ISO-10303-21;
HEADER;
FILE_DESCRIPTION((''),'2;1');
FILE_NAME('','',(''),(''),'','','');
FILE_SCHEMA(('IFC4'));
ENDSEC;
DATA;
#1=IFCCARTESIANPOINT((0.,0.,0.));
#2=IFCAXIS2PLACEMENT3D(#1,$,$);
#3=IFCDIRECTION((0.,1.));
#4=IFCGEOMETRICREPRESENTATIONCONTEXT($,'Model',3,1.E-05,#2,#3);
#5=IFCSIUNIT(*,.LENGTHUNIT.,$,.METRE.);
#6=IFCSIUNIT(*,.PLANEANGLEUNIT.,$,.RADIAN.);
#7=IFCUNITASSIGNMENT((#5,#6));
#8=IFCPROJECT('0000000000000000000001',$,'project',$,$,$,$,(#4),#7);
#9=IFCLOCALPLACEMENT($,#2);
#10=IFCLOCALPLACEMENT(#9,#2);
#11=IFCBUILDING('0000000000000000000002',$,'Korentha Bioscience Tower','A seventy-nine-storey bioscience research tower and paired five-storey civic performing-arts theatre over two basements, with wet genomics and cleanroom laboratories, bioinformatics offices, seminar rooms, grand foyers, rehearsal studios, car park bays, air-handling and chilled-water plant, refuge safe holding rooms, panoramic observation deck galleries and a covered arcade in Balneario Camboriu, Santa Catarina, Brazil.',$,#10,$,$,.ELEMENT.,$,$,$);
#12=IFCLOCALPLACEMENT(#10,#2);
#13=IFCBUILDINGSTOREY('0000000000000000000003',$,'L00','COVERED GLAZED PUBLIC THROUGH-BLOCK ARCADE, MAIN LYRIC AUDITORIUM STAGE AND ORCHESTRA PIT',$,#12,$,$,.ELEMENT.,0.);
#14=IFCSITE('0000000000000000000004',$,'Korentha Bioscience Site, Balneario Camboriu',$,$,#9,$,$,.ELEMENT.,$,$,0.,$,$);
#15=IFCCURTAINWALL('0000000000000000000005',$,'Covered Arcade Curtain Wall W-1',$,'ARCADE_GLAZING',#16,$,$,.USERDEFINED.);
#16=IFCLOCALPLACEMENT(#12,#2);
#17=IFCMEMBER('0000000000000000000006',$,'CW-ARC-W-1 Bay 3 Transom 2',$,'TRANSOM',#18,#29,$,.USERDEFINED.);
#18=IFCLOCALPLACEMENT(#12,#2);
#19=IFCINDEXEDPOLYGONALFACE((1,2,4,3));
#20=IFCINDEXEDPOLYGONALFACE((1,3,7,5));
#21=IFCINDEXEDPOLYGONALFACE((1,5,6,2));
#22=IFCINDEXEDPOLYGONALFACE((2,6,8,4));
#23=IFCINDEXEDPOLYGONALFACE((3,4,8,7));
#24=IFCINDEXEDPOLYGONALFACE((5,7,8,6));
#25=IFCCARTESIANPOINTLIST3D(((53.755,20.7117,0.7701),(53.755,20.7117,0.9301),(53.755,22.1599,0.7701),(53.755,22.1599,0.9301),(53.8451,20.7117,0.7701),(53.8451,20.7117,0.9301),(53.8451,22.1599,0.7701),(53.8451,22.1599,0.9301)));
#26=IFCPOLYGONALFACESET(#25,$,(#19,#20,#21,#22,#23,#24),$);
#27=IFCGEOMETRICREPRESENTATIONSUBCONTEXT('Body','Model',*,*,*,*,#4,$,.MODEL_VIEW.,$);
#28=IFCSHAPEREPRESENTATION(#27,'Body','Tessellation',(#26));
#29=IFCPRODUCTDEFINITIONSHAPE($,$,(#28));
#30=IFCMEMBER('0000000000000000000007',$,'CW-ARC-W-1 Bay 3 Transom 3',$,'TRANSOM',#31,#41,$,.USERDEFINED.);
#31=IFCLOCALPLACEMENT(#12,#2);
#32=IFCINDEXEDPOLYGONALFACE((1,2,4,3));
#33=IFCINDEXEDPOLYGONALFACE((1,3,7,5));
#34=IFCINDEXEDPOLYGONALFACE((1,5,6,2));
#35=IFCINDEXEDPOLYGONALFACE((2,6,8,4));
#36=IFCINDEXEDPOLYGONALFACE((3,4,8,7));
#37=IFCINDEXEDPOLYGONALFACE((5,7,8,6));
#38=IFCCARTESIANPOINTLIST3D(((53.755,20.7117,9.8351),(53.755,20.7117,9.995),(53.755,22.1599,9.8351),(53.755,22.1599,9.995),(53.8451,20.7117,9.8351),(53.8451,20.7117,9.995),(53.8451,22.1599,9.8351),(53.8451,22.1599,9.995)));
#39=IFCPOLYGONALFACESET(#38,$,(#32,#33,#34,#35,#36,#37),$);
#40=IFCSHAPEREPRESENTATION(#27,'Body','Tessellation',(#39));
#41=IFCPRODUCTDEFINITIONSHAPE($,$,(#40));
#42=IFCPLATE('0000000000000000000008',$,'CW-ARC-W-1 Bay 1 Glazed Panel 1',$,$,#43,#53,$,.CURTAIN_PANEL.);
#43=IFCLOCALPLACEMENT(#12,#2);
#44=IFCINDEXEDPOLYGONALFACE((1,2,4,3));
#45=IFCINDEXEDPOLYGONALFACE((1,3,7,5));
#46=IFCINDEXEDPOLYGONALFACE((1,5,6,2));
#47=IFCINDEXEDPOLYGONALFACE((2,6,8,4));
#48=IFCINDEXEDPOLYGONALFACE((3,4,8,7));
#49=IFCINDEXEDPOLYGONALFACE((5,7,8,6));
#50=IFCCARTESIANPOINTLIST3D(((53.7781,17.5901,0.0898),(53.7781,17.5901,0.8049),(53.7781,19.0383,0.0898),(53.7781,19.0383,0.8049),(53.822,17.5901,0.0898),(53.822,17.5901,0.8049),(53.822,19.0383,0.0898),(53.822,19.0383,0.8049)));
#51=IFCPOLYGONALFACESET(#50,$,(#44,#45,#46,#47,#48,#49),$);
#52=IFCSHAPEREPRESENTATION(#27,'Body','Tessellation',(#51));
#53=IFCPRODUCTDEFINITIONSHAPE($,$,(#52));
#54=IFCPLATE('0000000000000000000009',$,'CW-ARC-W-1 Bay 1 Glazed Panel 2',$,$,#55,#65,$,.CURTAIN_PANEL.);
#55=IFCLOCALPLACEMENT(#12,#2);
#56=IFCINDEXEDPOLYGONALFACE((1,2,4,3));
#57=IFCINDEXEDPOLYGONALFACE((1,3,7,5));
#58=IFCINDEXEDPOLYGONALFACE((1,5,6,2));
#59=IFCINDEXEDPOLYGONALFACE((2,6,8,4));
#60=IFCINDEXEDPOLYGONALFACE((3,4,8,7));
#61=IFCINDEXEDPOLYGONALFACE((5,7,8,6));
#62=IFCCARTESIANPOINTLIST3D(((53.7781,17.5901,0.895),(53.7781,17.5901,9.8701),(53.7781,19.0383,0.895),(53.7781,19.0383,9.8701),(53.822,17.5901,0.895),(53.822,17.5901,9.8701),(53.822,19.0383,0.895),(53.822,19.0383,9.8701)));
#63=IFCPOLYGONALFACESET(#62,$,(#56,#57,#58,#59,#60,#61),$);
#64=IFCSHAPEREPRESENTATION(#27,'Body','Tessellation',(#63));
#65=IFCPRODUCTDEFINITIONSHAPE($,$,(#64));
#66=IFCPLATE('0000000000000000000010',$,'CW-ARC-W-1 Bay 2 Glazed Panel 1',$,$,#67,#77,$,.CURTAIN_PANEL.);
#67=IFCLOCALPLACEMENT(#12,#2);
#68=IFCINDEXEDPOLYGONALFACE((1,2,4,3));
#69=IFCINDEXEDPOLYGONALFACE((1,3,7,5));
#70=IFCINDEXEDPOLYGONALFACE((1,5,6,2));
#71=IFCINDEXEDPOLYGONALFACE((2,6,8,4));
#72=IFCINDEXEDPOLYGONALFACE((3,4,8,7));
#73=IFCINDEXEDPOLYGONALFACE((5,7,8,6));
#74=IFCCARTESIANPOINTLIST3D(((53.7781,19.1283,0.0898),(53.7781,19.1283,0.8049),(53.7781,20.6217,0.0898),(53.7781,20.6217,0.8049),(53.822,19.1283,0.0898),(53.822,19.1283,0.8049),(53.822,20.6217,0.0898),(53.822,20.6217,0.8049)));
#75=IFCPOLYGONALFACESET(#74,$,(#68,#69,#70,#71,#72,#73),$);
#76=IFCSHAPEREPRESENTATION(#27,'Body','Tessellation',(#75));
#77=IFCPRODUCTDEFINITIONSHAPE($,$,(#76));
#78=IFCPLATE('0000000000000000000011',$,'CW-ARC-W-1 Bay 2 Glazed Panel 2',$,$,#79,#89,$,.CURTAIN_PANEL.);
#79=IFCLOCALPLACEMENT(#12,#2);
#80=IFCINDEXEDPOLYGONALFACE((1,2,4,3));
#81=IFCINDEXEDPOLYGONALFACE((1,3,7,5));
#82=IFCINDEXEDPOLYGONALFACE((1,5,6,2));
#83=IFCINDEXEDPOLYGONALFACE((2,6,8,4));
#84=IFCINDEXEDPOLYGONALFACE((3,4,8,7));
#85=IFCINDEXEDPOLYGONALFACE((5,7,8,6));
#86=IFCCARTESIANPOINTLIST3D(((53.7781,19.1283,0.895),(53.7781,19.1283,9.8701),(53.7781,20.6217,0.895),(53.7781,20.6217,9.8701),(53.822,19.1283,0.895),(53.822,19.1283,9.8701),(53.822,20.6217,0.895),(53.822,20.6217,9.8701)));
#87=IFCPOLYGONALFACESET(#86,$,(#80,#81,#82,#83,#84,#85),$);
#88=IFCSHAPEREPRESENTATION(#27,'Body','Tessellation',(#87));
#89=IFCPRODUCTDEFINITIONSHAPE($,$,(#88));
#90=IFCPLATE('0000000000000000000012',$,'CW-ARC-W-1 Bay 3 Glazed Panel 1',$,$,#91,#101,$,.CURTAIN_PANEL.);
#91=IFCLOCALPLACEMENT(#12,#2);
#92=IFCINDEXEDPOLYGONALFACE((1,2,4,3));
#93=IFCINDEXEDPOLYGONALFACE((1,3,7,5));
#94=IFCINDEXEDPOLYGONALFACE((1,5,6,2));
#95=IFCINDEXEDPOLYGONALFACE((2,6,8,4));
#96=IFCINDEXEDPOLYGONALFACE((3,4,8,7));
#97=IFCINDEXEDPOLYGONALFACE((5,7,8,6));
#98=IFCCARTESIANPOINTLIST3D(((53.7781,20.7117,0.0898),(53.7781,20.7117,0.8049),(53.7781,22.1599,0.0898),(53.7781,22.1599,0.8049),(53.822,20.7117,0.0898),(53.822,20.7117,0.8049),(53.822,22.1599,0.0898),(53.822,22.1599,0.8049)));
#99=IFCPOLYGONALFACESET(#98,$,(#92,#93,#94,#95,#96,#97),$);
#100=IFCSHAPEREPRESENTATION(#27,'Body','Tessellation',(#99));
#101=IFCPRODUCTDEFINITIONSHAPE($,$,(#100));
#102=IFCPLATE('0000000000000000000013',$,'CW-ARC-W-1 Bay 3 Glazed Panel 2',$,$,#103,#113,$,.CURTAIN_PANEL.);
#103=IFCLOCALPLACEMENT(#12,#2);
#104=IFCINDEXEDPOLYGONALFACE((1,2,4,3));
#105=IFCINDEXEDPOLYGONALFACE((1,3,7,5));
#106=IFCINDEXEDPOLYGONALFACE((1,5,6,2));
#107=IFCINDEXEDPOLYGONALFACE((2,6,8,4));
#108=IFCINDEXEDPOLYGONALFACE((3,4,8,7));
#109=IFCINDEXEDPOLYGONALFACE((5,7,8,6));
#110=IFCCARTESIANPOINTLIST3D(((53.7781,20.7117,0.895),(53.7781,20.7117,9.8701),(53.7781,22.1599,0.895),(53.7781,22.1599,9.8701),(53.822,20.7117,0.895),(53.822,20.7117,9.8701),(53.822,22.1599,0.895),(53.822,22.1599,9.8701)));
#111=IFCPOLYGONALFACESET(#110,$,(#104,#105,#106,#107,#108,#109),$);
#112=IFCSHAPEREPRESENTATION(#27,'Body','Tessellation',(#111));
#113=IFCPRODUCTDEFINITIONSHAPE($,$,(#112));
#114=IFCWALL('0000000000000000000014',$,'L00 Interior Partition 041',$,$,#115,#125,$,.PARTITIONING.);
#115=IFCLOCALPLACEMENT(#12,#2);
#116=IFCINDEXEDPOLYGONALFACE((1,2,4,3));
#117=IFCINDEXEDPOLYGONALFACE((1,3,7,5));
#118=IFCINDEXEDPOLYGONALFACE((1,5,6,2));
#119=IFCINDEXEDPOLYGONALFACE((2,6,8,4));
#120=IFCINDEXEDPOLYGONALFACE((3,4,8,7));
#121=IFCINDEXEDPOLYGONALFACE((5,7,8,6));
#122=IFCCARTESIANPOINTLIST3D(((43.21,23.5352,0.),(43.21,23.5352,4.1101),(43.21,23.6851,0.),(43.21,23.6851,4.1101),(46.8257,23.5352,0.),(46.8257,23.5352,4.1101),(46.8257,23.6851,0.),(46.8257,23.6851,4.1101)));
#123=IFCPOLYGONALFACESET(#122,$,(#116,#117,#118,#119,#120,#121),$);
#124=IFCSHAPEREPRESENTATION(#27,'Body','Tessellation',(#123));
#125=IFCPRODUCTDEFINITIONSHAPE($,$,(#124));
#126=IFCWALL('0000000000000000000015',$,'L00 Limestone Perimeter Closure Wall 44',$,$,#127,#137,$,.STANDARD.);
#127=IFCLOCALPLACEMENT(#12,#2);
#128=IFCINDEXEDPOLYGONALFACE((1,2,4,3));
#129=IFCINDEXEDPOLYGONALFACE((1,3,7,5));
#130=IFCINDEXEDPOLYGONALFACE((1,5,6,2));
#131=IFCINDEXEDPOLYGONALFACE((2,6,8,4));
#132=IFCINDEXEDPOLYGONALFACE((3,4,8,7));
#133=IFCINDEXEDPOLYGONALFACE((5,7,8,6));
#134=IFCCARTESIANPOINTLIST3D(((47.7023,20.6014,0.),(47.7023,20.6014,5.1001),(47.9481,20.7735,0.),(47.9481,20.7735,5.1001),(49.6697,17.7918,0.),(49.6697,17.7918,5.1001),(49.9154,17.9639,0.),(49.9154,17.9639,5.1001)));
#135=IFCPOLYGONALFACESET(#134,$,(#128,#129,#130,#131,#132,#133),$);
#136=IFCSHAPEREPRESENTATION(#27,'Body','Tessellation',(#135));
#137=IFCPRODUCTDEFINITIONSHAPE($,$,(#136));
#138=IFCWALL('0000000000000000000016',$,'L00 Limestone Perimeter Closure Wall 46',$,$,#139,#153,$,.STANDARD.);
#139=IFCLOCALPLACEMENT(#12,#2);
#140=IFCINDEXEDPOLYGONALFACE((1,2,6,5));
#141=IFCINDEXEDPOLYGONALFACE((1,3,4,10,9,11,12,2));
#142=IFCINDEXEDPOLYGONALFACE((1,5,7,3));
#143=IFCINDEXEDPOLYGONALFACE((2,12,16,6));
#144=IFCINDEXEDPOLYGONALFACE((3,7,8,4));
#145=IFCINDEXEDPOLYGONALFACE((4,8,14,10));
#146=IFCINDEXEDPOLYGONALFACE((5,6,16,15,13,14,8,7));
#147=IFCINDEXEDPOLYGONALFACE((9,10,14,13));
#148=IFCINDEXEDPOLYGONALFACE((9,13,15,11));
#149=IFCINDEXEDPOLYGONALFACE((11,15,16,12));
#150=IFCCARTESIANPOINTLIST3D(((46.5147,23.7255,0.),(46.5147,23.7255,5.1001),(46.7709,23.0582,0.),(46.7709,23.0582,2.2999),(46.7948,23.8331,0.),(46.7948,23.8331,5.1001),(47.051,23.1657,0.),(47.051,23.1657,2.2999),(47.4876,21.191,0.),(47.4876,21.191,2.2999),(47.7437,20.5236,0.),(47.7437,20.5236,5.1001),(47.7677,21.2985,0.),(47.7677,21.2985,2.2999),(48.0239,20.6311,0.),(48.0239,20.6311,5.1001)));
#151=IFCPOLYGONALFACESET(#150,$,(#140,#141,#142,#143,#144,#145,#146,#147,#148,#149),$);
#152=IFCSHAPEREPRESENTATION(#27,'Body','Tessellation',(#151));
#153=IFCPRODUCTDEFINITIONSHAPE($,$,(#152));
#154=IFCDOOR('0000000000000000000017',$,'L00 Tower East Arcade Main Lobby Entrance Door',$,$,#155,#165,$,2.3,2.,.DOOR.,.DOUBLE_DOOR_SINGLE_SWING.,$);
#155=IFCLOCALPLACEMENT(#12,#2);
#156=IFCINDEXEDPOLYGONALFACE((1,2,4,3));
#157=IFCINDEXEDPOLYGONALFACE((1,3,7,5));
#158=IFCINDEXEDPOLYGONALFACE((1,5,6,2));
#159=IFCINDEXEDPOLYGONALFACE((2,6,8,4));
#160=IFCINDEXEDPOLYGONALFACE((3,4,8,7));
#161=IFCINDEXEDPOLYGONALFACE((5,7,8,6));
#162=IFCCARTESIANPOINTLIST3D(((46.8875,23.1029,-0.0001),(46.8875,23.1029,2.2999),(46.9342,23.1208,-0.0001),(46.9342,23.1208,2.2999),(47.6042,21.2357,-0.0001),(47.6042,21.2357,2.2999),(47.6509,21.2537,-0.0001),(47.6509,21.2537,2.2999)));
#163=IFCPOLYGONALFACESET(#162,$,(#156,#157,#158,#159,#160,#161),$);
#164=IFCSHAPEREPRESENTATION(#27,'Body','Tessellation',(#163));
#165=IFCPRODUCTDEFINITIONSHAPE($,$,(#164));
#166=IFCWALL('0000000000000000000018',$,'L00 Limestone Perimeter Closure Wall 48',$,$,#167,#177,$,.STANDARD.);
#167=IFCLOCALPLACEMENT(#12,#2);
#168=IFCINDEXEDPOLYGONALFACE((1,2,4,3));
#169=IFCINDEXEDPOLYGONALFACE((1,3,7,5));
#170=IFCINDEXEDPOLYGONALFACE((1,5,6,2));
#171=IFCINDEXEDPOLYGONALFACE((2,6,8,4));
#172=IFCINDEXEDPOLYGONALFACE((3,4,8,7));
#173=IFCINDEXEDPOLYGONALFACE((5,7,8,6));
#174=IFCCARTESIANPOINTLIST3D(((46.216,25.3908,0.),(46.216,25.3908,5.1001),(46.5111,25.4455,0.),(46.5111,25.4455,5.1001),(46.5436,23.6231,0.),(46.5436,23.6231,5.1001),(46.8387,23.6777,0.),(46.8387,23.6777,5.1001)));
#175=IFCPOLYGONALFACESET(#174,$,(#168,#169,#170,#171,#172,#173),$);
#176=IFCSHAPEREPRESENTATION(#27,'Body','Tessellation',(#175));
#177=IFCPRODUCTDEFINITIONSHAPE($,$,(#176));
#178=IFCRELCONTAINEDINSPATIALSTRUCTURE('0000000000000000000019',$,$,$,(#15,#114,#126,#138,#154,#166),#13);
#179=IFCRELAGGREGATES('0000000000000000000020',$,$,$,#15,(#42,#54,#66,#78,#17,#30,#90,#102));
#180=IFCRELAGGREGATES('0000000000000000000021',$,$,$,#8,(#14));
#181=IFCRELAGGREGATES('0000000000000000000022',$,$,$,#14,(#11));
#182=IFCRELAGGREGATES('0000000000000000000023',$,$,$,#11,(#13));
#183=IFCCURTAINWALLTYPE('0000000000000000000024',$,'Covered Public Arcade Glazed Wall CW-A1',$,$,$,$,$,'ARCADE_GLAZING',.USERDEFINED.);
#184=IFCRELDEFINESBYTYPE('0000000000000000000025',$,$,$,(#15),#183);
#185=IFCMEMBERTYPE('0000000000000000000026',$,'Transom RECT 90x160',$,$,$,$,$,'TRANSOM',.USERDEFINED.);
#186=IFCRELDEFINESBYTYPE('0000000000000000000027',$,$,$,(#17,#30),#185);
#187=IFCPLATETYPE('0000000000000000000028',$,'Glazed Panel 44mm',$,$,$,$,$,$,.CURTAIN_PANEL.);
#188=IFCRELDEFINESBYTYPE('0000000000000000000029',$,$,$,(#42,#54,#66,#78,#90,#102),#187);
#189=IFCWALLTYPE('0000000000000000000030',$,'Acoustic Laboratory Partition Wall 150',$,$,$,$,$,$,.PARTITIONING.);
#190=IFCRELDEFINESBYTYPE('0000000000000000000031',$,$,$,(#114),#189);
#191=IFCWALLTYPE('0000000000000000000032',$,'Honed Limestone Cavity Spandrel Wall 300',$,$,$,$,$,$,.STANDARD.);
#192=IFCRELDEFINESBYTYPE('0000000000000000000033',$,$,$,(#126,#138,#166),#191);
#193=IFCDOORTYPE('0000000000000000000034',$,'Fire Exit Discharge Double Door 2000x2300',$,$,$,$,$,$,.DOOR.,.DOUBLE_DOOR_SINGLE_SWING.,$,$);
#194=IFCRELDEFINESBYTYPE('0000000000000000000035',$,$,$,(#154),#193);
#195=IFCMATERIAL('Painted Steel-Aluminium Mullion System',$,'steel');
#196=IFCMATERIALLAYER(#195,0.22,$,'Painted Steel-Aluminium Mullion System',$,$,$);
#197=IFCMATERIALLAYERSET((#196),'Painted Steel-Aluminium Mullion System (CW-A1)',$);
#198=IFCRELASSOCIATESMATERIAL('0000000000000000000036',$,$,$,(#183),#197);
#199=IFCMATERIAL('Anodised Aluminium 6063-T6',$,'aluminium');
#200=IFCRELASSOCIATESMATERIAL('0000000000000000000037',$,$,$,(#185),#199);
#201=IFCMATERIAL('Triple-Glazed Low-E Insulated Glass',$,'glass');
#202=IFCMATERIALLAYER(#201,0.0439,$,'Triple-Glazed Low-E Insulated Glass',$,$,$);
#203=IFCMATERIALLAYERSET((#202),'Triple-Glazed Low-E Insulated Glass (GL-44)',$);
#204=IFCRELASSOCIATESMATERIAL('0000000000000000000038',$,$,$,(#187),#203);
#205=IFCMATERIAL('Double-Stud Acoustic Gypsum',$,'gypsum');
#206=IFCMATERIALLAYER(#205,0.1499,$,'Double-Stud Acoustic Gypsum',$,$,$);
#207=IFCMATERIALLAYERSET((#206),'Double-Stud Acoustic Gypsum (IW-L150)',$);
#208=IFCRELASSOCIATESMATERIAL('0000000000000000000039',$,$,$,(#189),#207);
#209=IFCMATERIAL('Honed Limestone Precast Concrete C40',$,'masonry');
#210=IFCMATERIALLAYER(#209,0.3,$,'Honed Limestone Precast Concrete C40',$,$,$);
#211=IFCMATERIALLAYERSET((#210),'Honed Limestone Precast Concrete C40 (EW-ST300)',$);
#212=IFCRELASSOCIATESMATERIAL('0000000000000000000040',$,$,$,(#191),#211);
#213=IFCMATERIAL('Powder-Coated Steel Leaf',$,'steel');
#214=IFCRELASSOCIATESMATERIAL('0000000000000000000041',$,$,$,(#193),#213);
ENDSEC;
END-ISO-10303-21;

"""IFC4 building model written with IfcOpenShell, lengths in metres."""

from ifc_helpers import new_model, si_unit, direction, frame, frame_2d, origin, origin_2d, place, context, subcontext, project, spatial, rectangle, extrude, material, layer, layer_set, material_profile, profile_set, type_object, element, fill, aggregate, save


model = new_model("IFC4")

# Units and contexts
model_context = context("Model", 3, precision=1e-05, world=origin(), true_north=direction((0.0, 1.0)))
body_context = subcontext(model_context, "Body", "Model", "MODEL_VIEW")
ifc_project = project(units=[si_unit("LENGTHUNIT", "METRE"), si_unit("PLANEANGLEUNIT", "RADIAN")], contexts=[model_context])

# Site, building, storey
site_placement = place(None, origin())
site = spatial("IfcSite", under=ifc_project, at=site_placement, Name="Korentha Bioscience Site, Balneario Camboriu", CompositionType="ELEMENT", RefElevation=0.0)
building_placement = place(site_placement, origin())
building = spatial("IfcBuilding", under=site, at=building_placement, Name="Korentha Bioscience Tower", Description="A seventy-nine-storey bioscience research tower and paired five-storey civic performing-arts theatre over two basements, with wet genomics and cleanroom laboratories, bioinformatics offices, seminar rooms, grand foyers, rehearsal studios, car park bays, air-handling and chilled-water plant, refuge safe holding rooms, panoramic observation deck galleries and a covered arcade in Balneario Camboriu, Santa Catarina, Brazil.", CompositionType="ELEMENT")
storey_placement = place(building_placement, origin())
storey = spatial("IfcBuildingStorey", under=building, at=storey_placement, Name="L00", Description="COVERED GLAZED PUBLIC THROUGH-BLOCK ARCADE, MAIN LYRIC AUDITORIUM STAGE AND ORCHESTRA PIT", CompositionType="ELEMENT", Elevation=0.0)

# Shared definitions
ifc_material_1 = material(Name="Anodised Aluminium 6063-T6", Category="aluminium")

# Curtain wall
ifc_material_2 = material(Name="Painted Steel-Aluminium Mullion System", Category="steel")
ifc_layer_1 = layer(ifc_material_2, 0.22, Name="Painted Steel-Aluminium Mullion System")
ifc_layer_set_1 = layer_set([ifc_layer_1], Name="Painted Steel-Aluminium Mullion System (CW-A1)")
curtain_wall_type_1 = type_object("IfcCurtainWallType", Name="Covered Public Arcade Glazed Wall CW-A1", ElementType="ARCADE_GLAZING", PredefinedType="USERDEFINED", material=ifc_layer_set_1)
curtain_wall_1_placement = place(storey_placement, origin())
curtain_wall_1 = element("IfcCurtainWall", 1, at=curtain_wall_1_placement, inside=storey, type_object=curtain_wall_type_1, Name="Covered Arcade Curtain Wall W-1", ObjectType="ARCADE_GLAZING", PredefinedType="USERDEFINED")

# Members
ifc_material_profile_1 = material_profile(ifc_material_1, rectangle(XDim=0.0901, YDim=0.1599, at=origin_2d()), Name="Anodised Aluminium 6063-T6")
ifc_profile_set_1 = profile_set([ifc_material_profile_1], Name="Anodised Aluminium 6063-T6 (CW-TRN)")
member_type_1 = type_object("IfcMemberType", Name="Transom RECT 90x160", ElementType="TRANSOM", PredefinedType="USERDEFINED", material=ifc_profile_set_1)
member_1_placement = place(storey_placement, frame((53.8, 20.7117, 0.8501), z_axis=(0.0, 1.0, 0.0), x_axis=(-1.0, 0.0, 0.0)))
member_1 = element("IfcMember", 2, at=member_1_placement, type_object=member_type_1, Name="CW-ARC-W-1 Bay 3 Transom 2", ObjectType="TRANSOM", PredefinedType="USERDEFINED", context=body_context, shape_type="SweptSolid", body=[
    extrude(rectangle(XDim=0.0901, YDim=0.1599, at=origin_2d()), origin(), (0.0, 0.0, 1.0), 1.4482),
])
member_2_placement = place(storey_placement, frame((53.8, 20.7117, 9.915), z_axis=(0.0, 1.0, 0.0), x_axis=(-1.0, 0.0, 0.0)))
member_2 = element("IfcMember", 3, at=member_2_placement, type_object=member_type_1, Name="CW-ARC-W-1 Bay 3 Transom 3", ObjectType="TRANSOM", PredefinedType="USERDEFINED", context=body_context, shape_type="SweptSolid", body=[
    extrude(rectangle(XDim=0.0901, YDim=0.1599, at=origin_2d()), origin(), (0.0, 0.0, 1.0), 1.4482),
])

# Plates
ifc_material_3 = material(Name="Triple-Glazed Low-E Insulated Glass", Category="glass")
ifc_layer_2 = layer(ifc_material_3, 0.0439, Name="Triple-Glazed Low-E Insulated Glass")
ifc_layer_set_2 = layer_set([ifc_layer_2], Name="Triple-Glazed Low-E Insulated Glass (GL-44)")
plate_type = type_object("IfcPlateType", Name="Glazed Panel 44mm", PredefinedType="CURTAIN_PANEL", material=ifc_layer_set_2)
plate_1_placement = place(storey_placement, frame((53.8, 18.3142, 0.0898), z_axis=(0.0, 0.0, 1.0), x_axis=(0.0, 1.0, 0.0)))
plate_1 = element("IfcPlate", 4, at=plate_1_placement, type_object=plate_type, Name="CW-ARC-W-1 Bay 1 Glazed Panel 1", PredefinedType="CURTAIN_PANEL", context=body_context, shape_type="SweptSolid", body=[
    extrude(rectangle(XDim=1.4482, YDim=0.0439, at=origin_2d()), origin(), (0.0, 0.0, 1.0), 0.7151),
])
plate_2_placement = place(storey_placement, frame((53.8, 18.3142, 0.895), z_axis=(0.0, 0.0, 1.0), x_axis=(0.0, 1.0, 0.0)))
plate_2 = element("IfcPlate", 5, at=plate_2_placement, type_object=plate_type, Name="CW-ARC-W-1 Bay 1 Glazed Panel 2", PredefinedType="CURTAIN_PANEL", context=body_context, shape_type="SweptSolid", body=[
    extrude(rectangle(XDim=1.4482, YDim=0.0439, at=origin_2d()), origin(), (0.0, 0.0, 1.0), 8.9751),
])
plate_3_placement = place(storey_placement, frame((53.8, 19.875, 0.0898), z_axis=(0.0, 0.0, 1.0), x_axis=(0.0, 1.0, 0.0)))
plate_3 = element("IfcPlate", 6, at=plate_3_placement, type_object=plate_type, Name="CW-ARC-W-1 Bay 2 Glazed Panel 1", PredefinedType="CURTAIN_PANEL", context=body_context, shape_type="SweptSolid", body=[
    extrude(rectangle(XDim=1.4934, YDim=0.0439, at=origin_2d()), origin(), (0.0, 0.0, 1.0), 0.7151),
])
plate_4_placement = place(storey_placement, frame((53.8, 19.875, 0.895), z_axis=(0.0, 0.0, 1.0), x_axis=(0.0, 1.0, 0.0)))
plate_4 = element("IfcPlate", 7, at=plate_4_placement, type_object=plate_type, Name="CW-ARC-W-1 Bay 2 Glazed Panel 2", PredefinedType="CURTAIN_PANEL", context=body_context, shape_type="SweptSolid", body=[
    extrude(rectangle(XDim=1.4934, YDim=0.0439, at=origin_2d()), origin(), (0.0, 0.0, 1.0), 8.9751),
])
plate_5_placement = place(storey_placement, frame((53.8, 21.4358, 0.0898), z_axis=(0.0, 0.0, 1.0), x_axis=(0.0, 1.0, 0.0)))
plate_5 = element("IfcPlate", 8, at=plate_5_placement, type_object=plate_type, Name="CW-ARC-W-1 Bay 3 Glazed Panel 1", PredefinedType="CURTAIN_PANEL", context=body_context, shape_type="SweptSolid", body=[
    extrude(rectangle(XDim=1.4482, YDim=0.0439, at=origin_2d()), origin(), (0.0, 0.0, 1.0), 0.7151),
])
plate_6_placement = place(storey_placement, frame((53.8, 21.4358, 0.895), z_axis=(0.0, 0.0, 1.0), x_axis=(0.0, 1.0, 0.0)))
plate_6 = element("IfcPlate", 9, at=plate_6_placement, type_object=plate_type, Name="CW-ARC-W-1 Bay 3 Glazed Panel 2", PredefinedType="CURTAIN_PANEL", context=body_context, shape_type="SweptSolid", body=[
    extrude(rectangle(XDim=1.4482, YDim=0.0439, at=origin_2d()), origin(), (0.0, 0.0, 1.0), 8.9751),
])
aggregate(curtain_wall_1, [plate_1, plate_2, plate_3, plate_4, member_1, member_2, plate_5, plate_6])

# Walls
ifc_material_4 = material(Name="Double-Stud Acoustic Gypsum", Category="gypsum")
ifc_layer_3 = layer(ifc_material_4, 0.1499, Name="Double-Stud Acoustic Gypsum")
ifc_layer_set_3 = layer_set([ifc_layer_3], Name="Double-Stud Acoustic Gypsum (IW-L150)")
wall_type_1 = type_object("IfcWallType", Name="Acoustic Laboratory Partition Wall 150", PredefinedType="PARTITIONING", material=ifc_layer_set_3)
wall_1_placement = place(storey_placement, frame((46.8257, 23.6101, 0.0), z_axis=(0.0, 0.0, 1.0), x_axis=(-1.0, 0.0, 0.0)))
element("IfcWall", 10, at=wall_1_placement, inside=storey, type_object=wall_type_1, Name="L00 Interior Partition 041", PredefinedType="PARTITIONING", context=body_context, shape_type="SweptSolid", body=[
    extrude(rectangle(XDim=3.6157, YDim=0.1499, at=frame_2d((1.8079, 0.0))), origin(), (0.0, 0.0, 1.0), 4.1101),
])
ifc_material_5 = material(Name="Honed Limestone Precast Concrete C40", Category="masonry")
ifc_layer_4 = layer(ifc_material_5, 0.3, Name="Honed Limestone Precast Concrete C40")
ifc_layer_set_4 = layer_set([ifc_layer_4], Name="Honed Limestone Precast Concrete C40 (EW-ST300)")
wall_type_2 = type_object("IfcWallType", Name="Honed Limestone Cavity Spandrel Wall 300", PredefinedType="STANDARD", material=ifc_layer_set_4)
wall_2_placement = place(storey_placement, frame((49.7925, 17.8779, 0.0), z_axis=(0.0, 0.0, 1.0), x_axis=(-0.573577, 0.819152, 0.0)))
element("IfcWall", 11, at=wall_2_placement, inside=storey, type_object=wall_type_2, Name="L00 Limestone Perimeter Closure Wall 44", PredefinedType="STANDARD", context=body_context, shape_type="SweptSolid", body=[
    extrude(rectangle(XDim=3.4299, YDim=0.3, at=frame_2d((1.7148, 0.0))), origin(), (0.0, 0.0, 1.0), 5.1001),
])

# Wall, opening, door
wall_3_placement = place(storey_placement, frame((46.6548, 23.7793, 0.0), z_axis=(0.0, 0.0, 1.0), x_axis=(0.358345, -0.933589, 0.0)))
wall_3 = element("IfcWall", 12, at=wall_3_placement, inside=storey, type_object=wall_type_2, Name="L00 Limestone Perimeter Closure Wall 46", PredefinedType="STANDARD", context=body_context, shape_type="SweptSolid", body=[
    extrude(rectangle(XDim=3.4297, YDim=0.3, at=frame_2d((1.7148, 0.0))), origin(), (0.0, 0.0, 1.0), 5.1001),
])
opening_placement = place(wall_3_placement, frame((0.7148, 0.0, 0.0)))
opening = element("IfcOpeningElement", 13, at=opening_placement, cuts=wall_3, PredefinedType="OPENING", context=body_context, shape_type="SweptSolid", body=[
    extrude(rectangle(XDim=2.0, YDim=2.3, at=frame_2d((1.0, 1.1499))), frame((0.0, 0.165, 0.0), z_axis=(0.0, -1.0, 0.0), x_axis=(1.0, 0.0, 0.0)), (0.0, 0.0, 1.0), 0.3298),
])
ifc_material_6 = material(Name="Powder-Coated Steel Leaf", Category="steel")
door_type = type_object("IfcDoorType", Name="Fire Exit Discharge Double Door 2000x2300", OperationType="DOUBLE_DOOR_SINGLE_SWING", PredefinedType="DOOR", material=ifc_material_6)
door_placement = place(opening_placement, origin())
door = element("IfcDoor", 14, at=door_placement, inside=storey, type_object=door_type, Name="L00 Tower East Arcade Main Lobby Entrance Door", OperationType="DOUBLE_DOOR_SINGLE_SWING", OverallHeight=2.3, OverallWidth=2.0, PredefinedType="DOOR", context=body_context, shape_type="SweptSolid", body=[
    extrude(rectangle(XDim=2.0, YDim=2.3, at=frame_2d((1.0, 1.1499))), frame((0.0, 0.0249, 0.0), z_axis=(0.0, -1.0, 0.0), x_axis=(1.0, 0.0, 0.0)), (0.0, 0.0, 1.0), 0.05),
])
fill(opening, door)

# Wall
wall_4_placement = place(storey_placement, frame((46.6912, 23.6504, 0.0), z_axis=(0.0, 0.0, 1.0), x_axis=(-0.18223, 0.983256, 0.0)))
element("IfcWall", 15, at=wall_4_placement, inside=storey, type_object=wall_type_2, Name="L00 Limestone Perimeter Closure Wall 48", PredefinedType="STANDARD", context=body_context, shape_type="SweptSolid", body=[
    extrude(rectangle(XDim=1.7979, YDim=0.3, at=frame_2d((0.8989, 0.0))), origin(), (0.0, 0.0, 1.0), 5.1001),
])

save(model, "model.ifc")
